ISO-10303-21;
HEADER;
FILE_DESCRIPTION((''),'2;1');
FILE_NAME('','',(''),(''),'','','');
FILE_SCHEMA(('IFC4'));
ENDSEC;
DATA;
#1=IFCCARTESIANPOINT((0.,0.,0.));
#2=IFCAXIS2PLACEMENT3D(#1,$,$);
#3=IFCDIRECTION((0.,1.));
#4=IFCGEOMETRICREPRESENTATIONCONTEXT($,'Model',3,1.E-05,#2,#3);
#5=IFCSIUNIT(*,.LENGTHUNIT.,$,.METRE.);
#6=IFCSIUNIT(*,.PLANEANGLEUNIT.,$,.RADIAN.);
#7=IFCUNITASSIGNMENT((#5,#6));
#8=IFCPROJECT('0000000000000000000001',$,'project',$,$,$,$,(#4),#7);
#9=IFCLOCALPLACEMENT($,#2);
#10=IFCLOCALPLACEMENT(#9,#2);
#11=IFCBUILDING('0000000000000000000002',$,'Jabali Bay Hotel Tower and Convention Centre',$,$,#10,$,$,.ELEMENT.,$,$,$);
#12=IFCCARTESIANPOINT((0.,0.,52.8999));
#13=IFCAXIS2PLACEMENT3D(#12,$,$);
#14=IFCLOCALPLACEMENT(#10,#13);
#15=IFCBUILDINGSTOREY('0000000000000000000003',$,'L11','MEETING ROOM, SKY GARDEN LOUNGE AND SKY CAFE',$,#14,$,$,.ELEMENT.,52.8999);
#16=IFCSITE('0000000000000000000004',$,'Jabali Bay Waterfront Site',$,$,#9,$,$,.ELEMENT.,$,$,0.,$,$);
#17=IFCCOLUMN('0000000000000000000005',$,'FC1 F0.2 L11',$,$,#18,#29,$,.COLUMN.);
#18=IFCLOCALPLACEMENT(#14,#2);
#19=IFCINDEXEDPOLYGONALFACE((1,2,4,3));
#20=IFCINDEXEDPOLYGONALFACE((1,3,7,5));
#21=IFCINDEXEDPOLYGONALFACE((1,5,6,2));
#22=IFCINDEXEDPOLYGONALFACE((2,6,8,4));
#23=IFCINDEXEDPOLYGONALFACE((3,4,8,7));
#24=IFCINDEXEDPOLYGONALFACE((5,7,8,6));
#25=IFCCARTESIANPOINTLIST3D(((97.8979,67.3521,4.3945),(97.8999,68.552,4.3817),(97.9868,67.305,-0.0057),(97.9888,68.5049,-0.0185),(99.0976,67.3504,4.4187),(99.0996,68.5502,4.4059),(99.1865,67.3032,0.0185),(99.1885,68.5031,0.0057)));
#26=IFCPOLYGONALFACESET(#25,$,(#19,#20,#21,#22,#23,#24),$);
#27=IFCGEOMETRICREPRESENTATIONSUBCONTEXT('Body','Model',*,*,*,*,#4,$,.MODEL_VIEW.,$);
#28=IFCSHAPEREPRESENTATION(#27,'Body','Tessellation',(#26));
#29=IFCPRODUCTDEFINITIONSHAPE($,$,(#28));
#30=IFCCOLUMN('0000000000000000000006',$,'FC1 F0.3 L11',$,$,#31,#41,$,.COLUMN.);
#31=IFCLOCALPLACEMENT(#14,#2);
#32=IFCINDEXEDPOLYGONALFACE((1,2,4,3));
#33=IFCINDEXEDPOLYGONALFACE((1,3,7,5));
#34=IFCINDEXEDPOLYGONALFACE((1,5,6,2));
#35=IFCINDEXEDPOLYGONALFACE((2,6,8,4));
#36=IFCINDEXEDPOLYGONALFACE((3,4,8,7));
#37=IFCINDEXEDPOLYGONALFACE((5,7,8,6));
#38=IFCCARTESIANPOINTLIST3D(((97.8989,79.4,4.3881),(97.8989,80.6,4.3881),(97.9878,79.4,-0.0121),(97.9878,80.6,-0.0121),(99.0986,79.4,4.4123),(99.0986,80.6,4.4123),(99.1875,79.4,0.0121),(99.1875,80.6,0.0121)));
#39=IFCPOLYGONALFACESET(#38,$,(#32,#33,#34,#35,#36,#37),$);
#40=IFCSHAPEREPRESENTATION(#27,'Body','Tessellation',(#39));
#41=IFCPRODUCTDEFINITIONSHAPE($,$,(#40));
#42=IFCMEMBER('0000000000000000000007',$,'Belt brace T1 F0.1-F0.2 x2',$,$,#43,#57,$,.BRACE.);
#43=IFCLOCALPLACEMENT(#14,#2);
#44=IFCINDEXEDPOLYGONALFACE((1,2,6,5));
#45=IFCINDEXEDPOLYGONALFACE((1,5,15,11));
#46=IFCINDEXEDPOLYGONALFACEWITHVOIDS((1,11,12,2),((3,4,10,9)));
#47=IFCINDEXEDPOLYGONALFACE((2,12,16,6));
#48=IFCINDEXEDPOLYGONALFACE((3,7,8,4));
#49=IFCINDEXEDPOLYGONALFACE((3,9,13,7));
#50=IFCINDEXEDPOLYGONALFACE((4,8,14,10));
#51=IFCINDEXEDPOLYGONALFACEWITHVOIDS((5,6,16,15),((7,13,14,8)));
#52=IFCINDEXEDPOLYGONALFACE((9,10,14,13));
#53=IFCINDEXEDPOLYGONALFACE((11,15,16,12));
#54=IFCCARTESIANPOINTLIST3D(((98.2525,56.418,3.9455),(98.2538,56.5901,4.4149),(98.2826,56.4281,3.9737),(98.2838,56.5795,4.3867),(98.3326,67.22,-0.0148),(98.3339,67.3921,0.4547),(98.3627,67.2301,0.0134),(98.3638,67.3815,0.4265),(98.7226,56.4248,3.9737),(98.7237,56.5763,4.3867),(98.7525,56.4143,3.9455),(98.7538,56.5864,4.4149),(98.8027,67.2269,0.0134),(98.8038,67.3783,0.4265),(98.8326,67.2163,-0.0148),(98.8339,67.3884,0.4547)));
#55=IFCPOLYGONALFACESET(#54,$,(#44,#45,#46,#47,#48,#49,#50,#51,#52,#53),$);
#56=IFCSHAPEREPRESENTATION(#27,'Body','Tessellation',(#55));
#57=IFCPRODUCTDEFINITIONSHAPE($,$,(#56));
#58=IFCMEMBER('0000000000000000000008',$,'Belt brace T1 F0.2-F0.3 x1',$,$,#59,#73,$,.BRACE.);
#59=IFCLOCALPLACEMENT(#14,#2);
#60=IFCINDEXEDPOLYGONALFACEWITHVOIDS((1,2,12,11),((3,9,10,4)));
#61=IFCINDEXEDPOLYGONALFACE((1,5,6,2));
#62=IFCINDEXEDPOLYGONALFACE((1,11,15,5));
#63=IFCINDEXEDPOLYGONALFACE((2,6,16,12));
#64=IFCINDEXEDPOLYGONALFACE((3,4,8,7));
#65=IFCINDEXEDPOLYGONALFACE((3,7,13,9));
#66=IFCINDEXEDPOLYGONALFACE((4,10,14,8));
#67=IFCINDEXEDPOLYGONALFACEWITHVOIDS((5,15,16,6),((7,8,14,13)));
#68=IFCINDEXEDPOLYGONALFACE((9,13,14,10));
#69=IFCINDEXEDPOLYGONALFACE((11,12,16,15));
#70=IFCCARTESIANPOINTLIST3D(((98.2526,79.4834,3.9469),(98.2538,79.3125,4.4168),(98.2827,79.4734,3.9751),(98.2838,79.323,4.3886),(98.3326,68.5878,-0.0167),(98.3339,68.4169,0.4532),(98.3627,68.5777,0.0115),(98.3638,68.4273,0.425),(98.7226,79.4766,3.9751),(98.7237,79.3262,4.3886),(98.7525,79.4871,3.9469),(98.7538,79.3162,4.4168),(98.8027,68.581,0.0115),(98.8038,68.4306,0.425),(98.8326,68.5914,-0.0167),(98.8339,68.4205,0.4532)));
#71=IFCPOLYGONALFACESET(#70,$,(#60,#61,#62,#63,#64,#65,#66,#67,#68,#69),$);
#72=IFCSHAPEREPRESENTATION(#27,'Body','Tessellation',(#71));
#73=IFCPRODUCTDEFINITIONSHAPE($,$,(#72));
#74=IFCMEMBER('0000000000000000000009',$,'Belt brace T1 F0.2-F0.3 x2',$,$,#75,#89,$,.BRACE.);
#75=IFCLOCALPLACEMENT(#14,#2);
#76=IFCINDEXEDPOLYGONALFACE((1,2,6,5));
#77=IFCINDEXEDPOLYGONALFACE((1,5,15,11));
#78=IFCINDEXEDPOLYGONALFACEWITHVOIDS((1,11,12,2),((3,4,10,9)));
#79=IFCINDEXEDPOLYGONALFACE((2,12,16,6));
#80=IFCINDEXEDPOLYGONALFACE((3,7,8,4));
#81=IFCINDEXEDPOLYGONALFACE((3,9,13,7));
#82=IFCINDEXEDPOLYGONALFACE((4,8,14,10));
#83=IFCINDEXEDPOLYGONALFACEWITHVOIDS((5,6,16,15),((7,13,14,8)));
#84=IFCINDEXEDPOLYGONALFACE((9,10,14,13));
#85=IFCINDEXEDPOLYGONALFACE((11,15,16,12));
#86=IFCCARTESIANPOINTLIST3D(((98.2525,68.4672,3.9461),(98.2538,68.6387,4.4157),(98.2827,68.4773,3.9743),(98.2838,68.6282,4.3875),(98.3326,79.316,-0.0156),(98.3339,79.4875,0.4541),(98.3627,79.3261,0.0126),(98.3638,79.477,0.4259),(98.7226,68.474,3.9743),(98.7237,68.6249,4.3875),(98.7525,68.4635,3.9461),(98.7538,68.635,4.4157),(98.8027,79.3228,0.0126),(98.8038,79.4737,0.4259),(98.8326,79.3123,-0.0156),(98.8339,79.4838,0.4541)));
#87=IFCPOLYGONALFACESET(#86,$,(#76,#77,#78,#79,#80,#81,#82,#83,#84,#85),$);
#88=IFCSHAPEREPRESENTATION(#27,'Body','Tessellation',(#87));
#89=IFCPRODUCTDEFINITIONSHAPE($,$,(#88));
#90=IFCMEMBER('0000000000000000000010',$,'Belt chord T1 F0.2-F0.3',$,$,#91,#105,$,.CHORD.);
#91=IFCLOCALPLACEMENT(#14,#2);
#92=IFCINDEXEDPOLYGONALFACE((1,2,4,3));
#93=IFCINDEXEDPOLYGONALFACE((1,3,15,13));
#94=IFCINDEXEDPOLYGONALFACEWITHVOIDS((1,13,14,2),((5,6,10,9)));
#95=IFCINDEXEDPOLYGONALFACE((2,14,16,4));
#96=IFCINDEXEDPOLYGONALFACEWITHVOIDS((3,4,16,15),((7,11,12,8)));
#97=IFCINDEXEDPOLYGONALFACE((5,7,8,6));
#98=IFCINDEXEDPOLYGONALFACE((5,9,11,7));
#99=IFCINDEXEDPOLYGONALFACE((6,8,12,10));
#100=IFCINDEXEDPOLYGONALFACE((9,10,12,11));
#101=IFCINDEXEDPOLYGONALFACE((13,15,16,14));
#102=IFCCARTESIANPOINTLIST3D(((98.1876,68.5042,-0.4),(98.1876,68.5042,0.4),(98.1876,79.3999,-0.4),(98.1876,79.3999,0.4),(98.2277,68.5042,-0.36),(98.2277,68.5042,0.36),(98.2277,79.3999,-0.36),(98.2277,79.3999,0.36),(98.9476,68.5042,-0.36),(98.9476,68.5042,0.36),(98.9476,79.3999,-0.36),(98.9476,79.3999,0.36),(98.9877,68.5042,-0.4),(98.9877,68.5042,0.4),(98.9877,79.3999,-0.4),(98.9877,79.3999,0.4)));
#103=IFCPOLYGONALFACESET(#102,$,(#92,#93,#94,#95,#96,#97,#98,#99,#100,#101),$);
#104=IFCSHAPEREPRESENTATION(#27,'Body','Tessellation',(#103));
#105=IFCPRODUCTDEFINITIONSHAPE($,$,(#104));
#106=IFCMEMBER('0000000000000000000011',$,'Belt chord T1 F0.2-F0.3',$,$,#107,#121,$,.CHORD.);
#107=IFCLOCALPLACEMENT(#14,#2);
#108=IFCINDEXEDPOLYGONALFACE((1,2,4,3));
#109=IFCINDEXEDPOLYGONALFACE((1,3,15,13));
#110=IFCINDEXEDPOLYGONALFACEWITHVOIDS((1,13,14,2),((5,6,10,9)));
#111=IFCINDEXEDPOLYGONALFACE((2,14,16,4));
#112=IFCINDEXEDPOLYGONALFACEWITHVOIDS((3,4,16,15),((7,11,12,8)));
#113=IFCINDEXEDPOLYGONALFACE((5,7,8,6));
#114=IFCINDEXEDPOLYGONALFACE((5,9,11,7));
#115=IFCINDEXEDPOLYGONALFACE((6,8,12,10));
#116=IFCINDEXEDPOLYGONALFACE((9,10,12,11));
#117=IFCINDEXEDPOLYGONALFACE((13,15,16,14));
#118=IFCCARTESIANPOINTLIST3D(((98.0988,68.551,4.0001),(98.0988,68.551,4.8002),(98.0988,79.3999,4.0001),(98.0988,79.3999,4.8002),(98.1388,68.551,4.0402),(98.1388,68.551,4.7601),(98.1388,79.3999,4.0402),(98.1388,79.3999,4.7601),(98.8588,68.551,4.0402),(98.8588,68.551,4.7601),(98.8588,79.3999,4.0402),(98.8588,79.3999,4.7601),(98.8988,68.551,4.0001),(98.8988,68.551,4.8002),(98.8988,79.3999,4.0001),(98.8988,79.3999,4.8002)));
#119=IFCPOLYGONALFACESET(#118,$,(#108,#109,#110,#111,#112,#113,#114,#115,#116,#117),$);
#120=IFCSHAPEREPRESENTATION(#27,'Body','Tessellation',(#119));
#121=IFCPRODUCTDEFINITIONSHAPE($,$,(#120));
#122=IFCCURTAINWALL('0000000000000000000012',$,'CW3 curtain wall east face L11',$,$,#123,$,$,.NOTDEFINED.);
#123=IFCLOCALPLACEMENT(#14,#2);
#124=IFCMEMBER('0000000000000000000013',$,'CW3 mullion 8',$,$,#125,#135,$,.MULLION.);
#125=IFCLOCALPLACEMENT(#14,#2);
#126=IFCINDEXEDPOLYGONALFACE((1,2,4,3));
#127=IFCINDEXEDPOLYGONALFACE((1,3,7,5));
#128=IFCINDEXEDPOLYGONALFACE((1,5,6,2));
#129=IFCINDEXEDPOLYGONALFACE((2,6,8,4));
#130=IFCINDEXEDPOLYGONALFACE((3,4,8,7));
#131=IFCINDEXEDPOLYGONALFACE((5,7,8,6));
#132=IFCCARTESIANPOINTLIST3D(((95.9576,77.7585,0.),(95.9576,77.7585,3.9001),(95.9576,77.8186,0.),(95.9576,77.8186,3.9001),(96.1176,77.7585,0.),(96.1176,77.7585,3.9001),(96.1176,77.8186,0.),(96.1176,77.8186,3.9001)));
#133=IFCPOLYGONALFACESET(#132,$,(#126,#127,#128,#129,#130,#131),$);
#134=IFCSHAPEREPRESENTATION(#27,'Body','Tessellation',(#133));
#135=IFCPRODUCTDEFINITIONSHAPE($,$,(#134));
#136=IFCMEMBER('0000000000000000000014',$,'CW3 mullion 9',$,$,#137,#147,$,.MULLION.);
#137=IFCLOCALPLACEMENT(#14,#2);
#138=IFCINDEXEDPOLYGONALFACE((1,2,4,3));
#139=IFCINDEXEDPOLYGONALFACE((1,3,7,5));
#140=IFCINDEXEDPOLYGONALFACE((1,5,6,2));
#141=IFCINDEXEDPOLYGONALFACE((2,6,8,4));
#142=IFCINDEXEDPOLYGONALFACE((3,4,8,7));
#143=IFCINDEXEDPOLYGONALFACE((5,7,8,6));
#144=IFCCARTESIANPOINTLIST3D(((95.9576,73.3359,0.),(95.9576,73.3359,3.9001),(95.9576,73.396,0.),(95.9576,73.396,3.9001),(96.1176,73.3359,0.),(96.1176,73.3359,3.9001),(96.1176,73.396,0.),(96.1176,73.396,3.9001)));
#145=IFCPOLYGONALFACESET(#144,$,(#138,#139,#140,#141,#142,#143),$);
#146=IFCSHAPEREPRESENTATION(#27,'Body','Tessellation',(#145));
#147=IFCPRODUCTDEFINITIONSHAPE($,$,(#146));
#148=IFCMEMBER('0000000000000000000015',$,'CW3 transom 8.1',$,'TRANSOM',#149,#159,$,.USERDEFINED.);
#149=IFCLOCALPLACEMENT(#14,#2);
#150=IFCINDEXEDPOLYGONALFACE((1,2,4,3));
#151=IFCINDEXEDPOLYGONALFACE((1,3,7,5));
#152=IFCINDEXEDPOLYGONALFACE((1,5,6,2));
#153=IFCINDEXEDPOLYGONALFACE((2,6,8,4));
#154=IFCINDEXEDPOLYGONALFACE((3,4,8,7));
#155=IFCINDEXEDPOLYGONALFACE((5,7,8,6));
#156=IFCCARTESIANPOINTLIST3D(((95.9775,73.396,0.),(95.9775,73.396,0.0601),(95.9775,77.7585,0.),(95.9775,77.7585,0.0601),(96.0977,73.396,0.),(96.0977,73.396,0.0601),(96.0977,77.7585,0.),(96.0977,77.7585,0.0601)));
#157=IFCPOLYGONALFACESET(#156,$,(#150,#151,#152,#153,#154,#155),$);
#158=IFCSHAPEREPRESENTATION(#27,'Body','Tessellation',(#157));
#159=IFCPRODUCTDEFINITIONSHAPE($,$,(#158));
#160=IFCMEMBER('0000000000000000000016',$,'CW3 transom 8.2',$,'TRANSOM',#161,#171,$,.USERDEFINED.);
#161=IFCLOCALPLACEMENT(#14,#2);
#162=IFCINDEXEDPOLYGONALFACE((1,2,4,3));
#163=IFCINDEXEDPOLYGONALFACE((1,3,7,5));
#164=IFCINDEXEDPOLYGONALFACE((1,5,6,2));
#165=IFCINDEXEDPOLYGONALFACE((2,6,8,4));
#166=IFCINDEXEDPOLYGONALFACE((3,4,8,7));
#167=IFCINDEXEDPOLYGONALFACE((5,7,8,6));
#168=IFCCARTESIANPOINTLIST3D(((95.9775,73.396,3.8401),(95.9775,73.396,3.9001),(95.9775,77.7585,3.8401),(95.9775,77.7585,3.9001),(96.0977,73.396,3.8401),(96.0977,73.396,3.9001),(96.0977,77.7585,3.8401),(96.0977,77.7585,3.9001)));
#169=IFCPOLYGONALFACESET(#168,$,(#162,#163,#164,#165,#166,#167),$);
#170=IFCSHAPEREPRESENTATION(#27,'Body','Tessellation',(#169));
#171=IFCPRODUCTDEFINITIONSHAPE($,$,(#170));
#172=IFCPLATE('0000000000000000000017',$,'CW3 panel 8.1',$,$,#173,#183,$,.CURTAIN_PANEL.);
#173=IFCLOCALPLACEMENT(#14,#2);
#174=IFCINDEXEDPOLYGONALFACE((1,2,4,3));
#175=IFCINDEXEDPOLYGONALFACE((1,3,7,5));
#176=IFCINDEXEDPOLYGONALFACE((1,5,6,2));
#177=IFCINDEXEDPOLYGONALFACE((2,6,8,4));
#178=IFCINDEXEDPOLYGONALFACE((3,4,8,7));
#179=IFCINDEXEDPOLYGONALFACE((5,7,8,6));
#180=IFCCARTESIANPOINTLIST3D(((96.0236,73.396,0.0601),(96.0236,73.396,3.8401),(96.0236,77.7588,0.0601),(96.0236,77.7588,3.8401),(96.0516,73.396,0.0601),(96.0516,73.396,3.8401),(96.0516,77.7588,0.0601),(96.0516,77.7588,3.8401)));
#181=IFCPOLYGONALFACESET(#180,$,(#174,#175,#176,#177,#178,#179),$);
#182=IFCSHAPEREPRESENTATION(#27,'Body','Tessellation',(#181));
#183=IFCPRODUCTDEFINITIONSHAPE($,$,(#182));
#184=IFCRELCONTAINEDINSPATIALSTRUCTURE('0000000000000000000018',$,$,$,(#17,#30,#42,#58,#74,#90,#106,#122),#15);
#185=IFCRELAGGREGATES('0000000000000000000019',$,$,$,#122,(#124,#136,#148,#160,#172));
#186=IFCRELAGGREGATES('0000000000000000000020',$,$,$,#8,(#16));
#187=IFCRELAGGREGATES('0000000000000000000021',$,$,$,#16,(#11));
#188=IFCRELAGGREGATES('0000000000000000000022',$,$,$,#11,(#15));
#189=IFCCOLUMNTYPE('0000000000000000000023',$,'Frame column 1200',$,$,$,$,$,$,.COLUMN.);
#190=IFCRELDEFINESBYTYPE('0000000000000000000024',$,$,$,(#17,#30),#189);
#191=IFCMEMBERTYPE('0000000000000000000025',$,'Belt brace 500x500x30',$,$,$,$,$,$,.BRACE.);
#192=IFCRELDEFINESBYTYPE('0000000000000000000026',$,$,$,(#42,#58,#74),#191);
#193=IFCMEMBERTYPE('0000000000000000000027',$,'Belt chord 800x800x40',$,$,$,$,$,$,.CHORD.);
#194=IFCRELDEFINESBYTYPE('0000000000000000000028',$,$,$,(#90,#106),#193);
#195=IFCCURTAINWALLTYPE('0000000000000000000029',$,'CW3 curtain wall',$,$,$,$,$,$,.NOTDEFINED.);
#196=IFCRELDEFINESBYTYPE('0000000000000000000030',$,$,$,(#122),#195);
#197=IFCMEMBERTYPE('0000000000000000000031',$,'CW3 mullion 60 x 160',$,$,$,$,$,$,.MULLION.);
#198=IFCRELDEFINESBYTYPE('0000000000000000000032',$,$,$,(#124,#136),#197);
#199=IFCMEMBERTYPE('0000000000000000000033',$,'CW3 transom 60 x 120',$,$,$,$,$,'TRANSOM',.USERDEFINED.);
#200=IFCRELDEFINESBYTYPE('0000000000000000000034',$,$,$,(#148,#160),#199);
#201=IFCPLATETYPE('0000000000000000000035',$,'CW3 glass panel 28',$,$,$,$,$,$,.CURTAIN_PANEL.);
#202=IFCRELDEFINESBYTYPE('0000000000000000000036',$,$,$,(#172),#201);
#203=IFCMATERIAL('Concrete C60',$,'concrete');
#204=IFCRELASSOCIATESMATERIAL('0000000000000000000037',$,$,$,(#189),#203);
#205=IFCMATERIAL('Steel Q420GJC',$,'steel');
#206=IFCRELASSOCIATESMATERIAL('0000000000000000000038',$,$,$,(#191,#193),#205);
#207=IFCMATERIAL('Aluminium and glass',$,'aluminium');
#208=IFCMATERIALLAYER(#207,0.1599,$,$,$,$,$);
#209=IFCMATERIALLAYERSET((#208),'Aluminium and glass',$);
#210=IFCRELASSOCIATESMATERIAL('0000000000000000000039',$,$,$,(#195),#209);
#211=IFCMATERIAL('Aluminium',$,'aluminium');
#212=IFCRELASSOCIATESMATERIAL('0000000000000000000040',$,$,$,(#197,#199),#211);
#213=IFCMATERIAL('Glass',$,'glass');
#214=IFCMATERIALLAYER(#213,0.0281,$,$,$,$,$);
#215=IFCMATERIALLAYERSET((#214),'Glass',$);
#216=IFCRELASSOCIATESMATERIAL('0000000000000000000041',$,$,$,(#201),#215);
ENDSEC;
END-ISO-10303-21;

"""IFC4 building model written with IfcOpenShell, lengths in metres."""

from ifc_helpers import new_model, si_unit, direction, frame, origin, origin_2d, place, context, subcontext, project, spatial, rectangle, hollow_rectangle, extrude, material, layer, layer_set, material_profile, profile_set, type_object, element, aggregate, save


model = new_model("IFC4")

# Units and contexts
model_context = context("Model", 3, precision=1e-05, world=origin(), true_north=direction((0.0, 1.0)))
body_context = subcontext(model_context, "Body", "Model", "MODEL_VIEW")
ifc_project = project(units=[si_unit("LENGTHUNIT", "METRE"), si_unit("PLANEANGLEUNIT", "RADIAN")], contexts=[model_context])

# Site, building, storey
site_placement = place(None, origin())
site = spatial("IfcSite", under=ifc_project, at=site_placement, Name="Jabali Bay Waterfront Site", CompositionType="ELEMENT", RefElevation=0.0)
building_placement = place(site_placement, origin())
building = spatial("IfcBuilding", under=site, at=building_placement, Name="Jabali Bay Hotel Tower and Convention Centre", CompositionType="ELEMENT")
storey_placement = place(building_placement, frame((0.0, 0.0, 52.8999)))
storey = spatial("IfcBuildingStorey", under=building, at=storey_placement, Name="L11", Description="MEETING ROOM, SKY GARDEN LOUNGE AND SKY CAFE", CompositionType="ELEMENT", Elevation=52.8999)

# Columns
ifc_material_1 = material(Name="Concrete C60", Category="concrete")
ifc_material_profile_1 = material_profile(ifc_material_1, rectangle(XDim=1.2, YDim=1.2, at=origin_2d()), Name="Frame column 1200")
ifc_profile_set_1 = profile_set([ifc_material_profile_1], Name="Concrete C60")
column_type = type_object("IfcColumnType", Name="Frame column 1200", PredefinedType="COLUMN", material=ifc_profile_set_1)
column_1_placement = place(storey_placement, frame((98.5876, 67.9041, 0.0), z_axis=(-0.020191, 0.010706, 0.999739), x_axis=(-0.001655, -0.999942, 0.010674)))
element("IfcColumn", 1, at=column_1_placement, inside=storey, type_object=column_type, Name="FC1 F0.2 L11", PredefinedType="COLUMN", context=body_context, shape_type="SweptSolid", body=[
    extrude(rectangle(XDim=1.2, YDim=1.2, at=origin_2d()), origin(), (0.0, 0.0, 1.0), 4.4014),
])
column_2_placement = place(storey_placement, frame((98.5876, 80.0, 0.0), z_axis=(-0.020192, 0.0, 0.999796), x_axis=(0.0, -1.0, 0.0)))
element("IfcColumn", 2, at=column_2_placement, inside=storey, type_object=column_type, Name="FC1 F0.3 L11", PredefinedType="COLUMN", context=body_context, shape_type="SweptSolid", body=[
    extrude(rectangle(XDim=1.2, YDim=1.2, at=origin_2d()), origin(), (0.0, 0.0, 1.0), 4.4011),
])

# Members
ifc_material_2 = material(Name="Steel Q420GJC", Category="steel")
ifc_material_profile_2 = material_profile(ifc_material_2, hollow_rectangle(XDim=0.5, YDim=0.5, WallThickness=0.03, at=origin_2d()), Name="Belt brace 500x500x30")
ifc_profile_set_2 = profile_set([ifc_material_profile_2], Name="Steel Q420GJC")
member_type_1 = type_object("IfcMemberType", Name="Belt brace 500x500x30", PredefinedType="BRACE", material=ifc_profile_set_2)
member_1_placement = place(storey_placement, frame((98.5833, 67.3042, 0.22), z_axis=(-0.00696, -0.938868, 0.344206), x_axis=(0.999973, -0.007413, 0.0)))
element("IfcMember", 3, at=member_1_placement, inside=storey, type_object=member_type_1, Name="Belt brace T1 F0.1-F0.2 x2", PredefinedType="BRACE", context=body_context, shape_type="SweptSolid", body=[
    extrude(hollow_rectangle(XDim=0.5, YDim=0.5, WallThickness=0.03, at=origin_2d()), origin(), (0.0, 0.0, 1.0), 11.5054),
])
member_2_placement = place(storey_placement, frame((98.5833, 68.5042, 0.2183), z_axis=(-0.006907, 0.939729, 0.341852), x_axis=(-0.999973, -0.007349, 0.0)))
element("IfcMember", 4, at=member_2_placement, inside=storey, type_object=member_type_1, Name="Belt brace T1 F0.2-F0.3 x1", PredefinedType="BRACE", context=body_context, shape_type="SweptSolid", body=[
    extrude(hollow_rectangle(XDim=0.5, YDim=0.5, WallThickness=0.03, at=origin_2d()), origin(), (0.0, 0.0, 1.0), 11.5945),
])
member_3_placement = place(storey_placement, frame((98.5833, 79.3999, 0.2192), z_axis=(-0.006933, -0.939308, 0.343006), x_axis=(0.999973, -0.007381, 0.0)))
element("IfcMember", 5, at=member_3_placement, inside=storey, type_object=member_type_1, Name="Belt brace T1 F0.2-F0.3 x2", PredefinedType="BRACE", context=body_context, shape_type="SweptSolid", body=[
    extrude(hollow_rectangle(XDim=0.5, YDim=0.5, WallThickness=0.03, at=origin_2d()), origin(), (0.0, 0.0, 1.0), 11.5498),
])
ifc_material_profile_3 = material_profile(ifc_material_2, hollow_rectangle(XDim=0.8, YDim=0.8, WallThickness=0.04, at=origin_2d()), Name="Belt chord 800x800x40")
ifc_profile_set_3 = profile_set([ifc_material_profile_3], Name="Steel Q420GJC")
member_type_2 = type_object("IfcMemberType", Name="Belt chord 800x800x40", PredefinedType="CHORD", material=ifc_profile_set_3)
member_4_placement = place(storey_placement, frame((98.5876, 68.5042, 0.0), z_axis=(0.0, 1.0, 0.0), x_axis=(-1.0, 0.0, 0.0)))
element("IfcMember", 6, at=member_4_placement, inside=storey, type_object=member_type_2, Name="Belt chord T1 F0.2-F0.3", PredefinedType="CHORD", context=body_context, shape_type="SweptSolid", body=[
    extrude(hollow_rectangle(XDim=0.8, YDim=0.8, WallThickness=0.04, at=origin_2d()), origin(), (0.0, 0.0, 1.0), 10.8958),
])
member_5_placement = place(storey_placement, frame((98.4988, 68.551, 4.4001), z_axis=(0.0, 1.0, 0.0), x_axis=(-1.0, 0.0, 0.0)))
element("IfcMember", 7, at=member_5_placement, inside=storey, type_object=member_type_2, Name="Belt chord T1 F0.2-F0.3", PredefinedType="CHORD", context=body_context, shape_type="SweptSolid", body=[
    extrude(hollow_rectangle(XDim=0.8, YDim=0.8, WallThickness=0.04, at=origin_2d()), origin(), (0.0, 0.0, 1.0), 10.8489),
])

# Curtain wall, members, plate
ifc_material_3 = material(Name="Aluminium and glass", Category="aluminium")
ifc_layer_1 = layer(ifc_material_3, 0.1599)
ifc_layer_set_1 = layer_set([ifc_layer_1], Name="Aluminium and glass")
curtain_wall_type = type_object("IfcCurtainWallType", Name="CW3 curtain wall", PredefinedType="NOTDEFINED", material=ifc_layer_set_1)
curtain_wall_placement = place(storey_placement, origin())
curtain_wall = element("IfcCurtainWall", 8, at=curtain_wall_placement, inside=storey, type_object=curtain_wall_type, Name="CW3 curtain wall east face L11", PredefinedType="NOTDEFINED")
ifc_material_4 = material(Name="Aluminium", Category="aluminium")
ifc_material_profile_4 = material_profile(ifc_material_4, rectangle(XDim=0.1599, YDim=0.0601, at=origin_2d()), Name="CW3 mullion 60 x 160")
ifc_profile_set_4 = profile_set([ifc_material_profile_4], Name="Aluminium")
member_type_3 = type_object("IfcMemberType", Name="CW3 mullion 60 x 160", PredefinedType="MULLION", material=ifc_profile_set_4)
member_6_placement = place(storey_placement, frame((96.0376, 77.7886, 0.0), z_axis=(0.0, 0.0, 1.0), x_axis=(1.0, 0.0, 0.0)))
member_6 = element("IfcMember", 9, at=member_6_placement, type_object=member_type_3, Name="CW3 mullion 8", PredefinedType="MULLION", context=body_context, shape_type="SweptSolid", body=[
    extrude(rectangle(XDim=0.1599, YDim=0.0601, at=origin_2d()), origin(), (0.0, 0.0, 1.0), 3.9001),
])
member_7_placement = place(storey_placement, frame((96.0376, 73.366, 0.0), z_axis=(0.0, 0.0, 1.0), x_axis=(1.0, 0.0, 0.0)))
member_7 = element("IfcMember", 10, at=member_7_placement, type_object=member_type_3, Name="CW3 mullion 9", PredefinedType="MULLION", context=body_context, shape_type="SweptSolid", body=[
    extrude(rectangle(XDim=0.1599, YDim=0.0601, at=origin_2d()), origin(), (0.0, 0.0, 1.0), 3.9001),
])
ifc_material_profile_5 = material_profile(ifc_material_4, rectangle(XDim=0.1201, YDim=0.0601, at=origin_2d()), Name="CW3 transom 60 x 120")
ifc_profile_set_5 = profile_set([ifc_material_profile_5], Name="Aluminium")
member_type_4 = type_object("IfcMemberType", Name="CW3 transom 60 x 120", ElementType="TRANSOM", PredefinedType="USERDEFINED", material=ifc_profile_set_5)
member_8_placement = place(storey_placement, frame((96.0376, 77.7585, 0.03), z_axis=(0.0, -1.0, 0.0), x_axis=(1.0, 0.0, 0.0)))
member_8 = element("IfcMember", 11, at=member_8_placement, type_object=member_type_4, Name="CW3 transom 8.1", ObjectType="TRANSOM", PredefinedType="USERDEFINED", context=body_context, shape_type="SweptSolid", body=[
    extrude(rectangle(XDim=0.1201, YDim=0.0601, at=origin_2d()), origin(), (0.0, 0.0, 1.0), 4.3625),
])
member_9_placement = place(storey_placement, frame((96.0376, 77.7585, 3.8701), z_axis=(0.0, -1.0, 0.0), x_axis=(1.0, 0.0, 0.0)))
member_9 = element("IfcMember", 12, at=member_9_placement, type_object=member_type_4, Name="CW3 transom 8.2", ObjectType="TRANSOM", PredefinedType="USERDEFINED", context=body_context, shape_type="SweptSolid", body=[
    extrude(rectangle(XDim=0.1201, YDim=0.0601, at=origin_2d()), origin(), (0.0, 0.0, 1.0), 4.3625),
])
ifc_material_5 = material(Name="Glass", Category="glass")
ifc_layer_2 = layer(ifc_material_5, 0.0281)
ifc_layer_set_2 = layer_set([ifc_layer_2], Name="Glass")
plate_type = type_object("IfcPlateType", Name="CW3 glass panel 28", PredefinedType="CURTAIN_PANEL", material=ifc_layer_set_2)
plate_placement = place(storey_placement, frame((96.0376, 75.5774, 0.0601), z_axis=(0.0, 0.0, 1.0), x_axis=(0.0, -1.0, 0.0)))
plate = element("IfcPlate", 13, at=plate_placement, type_object=plate_type, Name="CW3 panel 8.1", PredefinedType="CURTAIN_PANEL", context=body_context, shape_type="SweptSolid", body=[
    extrude(rectangle(XDim=4.3628, YDim=0.0281, at=origin_2d()), origin(), (0.0, 0.0, 1.0), 3.78),
])
aggregate(curtain_wall, [member_6, member_7, member_8, member_9, plate])

save(model, "model.ifc")
